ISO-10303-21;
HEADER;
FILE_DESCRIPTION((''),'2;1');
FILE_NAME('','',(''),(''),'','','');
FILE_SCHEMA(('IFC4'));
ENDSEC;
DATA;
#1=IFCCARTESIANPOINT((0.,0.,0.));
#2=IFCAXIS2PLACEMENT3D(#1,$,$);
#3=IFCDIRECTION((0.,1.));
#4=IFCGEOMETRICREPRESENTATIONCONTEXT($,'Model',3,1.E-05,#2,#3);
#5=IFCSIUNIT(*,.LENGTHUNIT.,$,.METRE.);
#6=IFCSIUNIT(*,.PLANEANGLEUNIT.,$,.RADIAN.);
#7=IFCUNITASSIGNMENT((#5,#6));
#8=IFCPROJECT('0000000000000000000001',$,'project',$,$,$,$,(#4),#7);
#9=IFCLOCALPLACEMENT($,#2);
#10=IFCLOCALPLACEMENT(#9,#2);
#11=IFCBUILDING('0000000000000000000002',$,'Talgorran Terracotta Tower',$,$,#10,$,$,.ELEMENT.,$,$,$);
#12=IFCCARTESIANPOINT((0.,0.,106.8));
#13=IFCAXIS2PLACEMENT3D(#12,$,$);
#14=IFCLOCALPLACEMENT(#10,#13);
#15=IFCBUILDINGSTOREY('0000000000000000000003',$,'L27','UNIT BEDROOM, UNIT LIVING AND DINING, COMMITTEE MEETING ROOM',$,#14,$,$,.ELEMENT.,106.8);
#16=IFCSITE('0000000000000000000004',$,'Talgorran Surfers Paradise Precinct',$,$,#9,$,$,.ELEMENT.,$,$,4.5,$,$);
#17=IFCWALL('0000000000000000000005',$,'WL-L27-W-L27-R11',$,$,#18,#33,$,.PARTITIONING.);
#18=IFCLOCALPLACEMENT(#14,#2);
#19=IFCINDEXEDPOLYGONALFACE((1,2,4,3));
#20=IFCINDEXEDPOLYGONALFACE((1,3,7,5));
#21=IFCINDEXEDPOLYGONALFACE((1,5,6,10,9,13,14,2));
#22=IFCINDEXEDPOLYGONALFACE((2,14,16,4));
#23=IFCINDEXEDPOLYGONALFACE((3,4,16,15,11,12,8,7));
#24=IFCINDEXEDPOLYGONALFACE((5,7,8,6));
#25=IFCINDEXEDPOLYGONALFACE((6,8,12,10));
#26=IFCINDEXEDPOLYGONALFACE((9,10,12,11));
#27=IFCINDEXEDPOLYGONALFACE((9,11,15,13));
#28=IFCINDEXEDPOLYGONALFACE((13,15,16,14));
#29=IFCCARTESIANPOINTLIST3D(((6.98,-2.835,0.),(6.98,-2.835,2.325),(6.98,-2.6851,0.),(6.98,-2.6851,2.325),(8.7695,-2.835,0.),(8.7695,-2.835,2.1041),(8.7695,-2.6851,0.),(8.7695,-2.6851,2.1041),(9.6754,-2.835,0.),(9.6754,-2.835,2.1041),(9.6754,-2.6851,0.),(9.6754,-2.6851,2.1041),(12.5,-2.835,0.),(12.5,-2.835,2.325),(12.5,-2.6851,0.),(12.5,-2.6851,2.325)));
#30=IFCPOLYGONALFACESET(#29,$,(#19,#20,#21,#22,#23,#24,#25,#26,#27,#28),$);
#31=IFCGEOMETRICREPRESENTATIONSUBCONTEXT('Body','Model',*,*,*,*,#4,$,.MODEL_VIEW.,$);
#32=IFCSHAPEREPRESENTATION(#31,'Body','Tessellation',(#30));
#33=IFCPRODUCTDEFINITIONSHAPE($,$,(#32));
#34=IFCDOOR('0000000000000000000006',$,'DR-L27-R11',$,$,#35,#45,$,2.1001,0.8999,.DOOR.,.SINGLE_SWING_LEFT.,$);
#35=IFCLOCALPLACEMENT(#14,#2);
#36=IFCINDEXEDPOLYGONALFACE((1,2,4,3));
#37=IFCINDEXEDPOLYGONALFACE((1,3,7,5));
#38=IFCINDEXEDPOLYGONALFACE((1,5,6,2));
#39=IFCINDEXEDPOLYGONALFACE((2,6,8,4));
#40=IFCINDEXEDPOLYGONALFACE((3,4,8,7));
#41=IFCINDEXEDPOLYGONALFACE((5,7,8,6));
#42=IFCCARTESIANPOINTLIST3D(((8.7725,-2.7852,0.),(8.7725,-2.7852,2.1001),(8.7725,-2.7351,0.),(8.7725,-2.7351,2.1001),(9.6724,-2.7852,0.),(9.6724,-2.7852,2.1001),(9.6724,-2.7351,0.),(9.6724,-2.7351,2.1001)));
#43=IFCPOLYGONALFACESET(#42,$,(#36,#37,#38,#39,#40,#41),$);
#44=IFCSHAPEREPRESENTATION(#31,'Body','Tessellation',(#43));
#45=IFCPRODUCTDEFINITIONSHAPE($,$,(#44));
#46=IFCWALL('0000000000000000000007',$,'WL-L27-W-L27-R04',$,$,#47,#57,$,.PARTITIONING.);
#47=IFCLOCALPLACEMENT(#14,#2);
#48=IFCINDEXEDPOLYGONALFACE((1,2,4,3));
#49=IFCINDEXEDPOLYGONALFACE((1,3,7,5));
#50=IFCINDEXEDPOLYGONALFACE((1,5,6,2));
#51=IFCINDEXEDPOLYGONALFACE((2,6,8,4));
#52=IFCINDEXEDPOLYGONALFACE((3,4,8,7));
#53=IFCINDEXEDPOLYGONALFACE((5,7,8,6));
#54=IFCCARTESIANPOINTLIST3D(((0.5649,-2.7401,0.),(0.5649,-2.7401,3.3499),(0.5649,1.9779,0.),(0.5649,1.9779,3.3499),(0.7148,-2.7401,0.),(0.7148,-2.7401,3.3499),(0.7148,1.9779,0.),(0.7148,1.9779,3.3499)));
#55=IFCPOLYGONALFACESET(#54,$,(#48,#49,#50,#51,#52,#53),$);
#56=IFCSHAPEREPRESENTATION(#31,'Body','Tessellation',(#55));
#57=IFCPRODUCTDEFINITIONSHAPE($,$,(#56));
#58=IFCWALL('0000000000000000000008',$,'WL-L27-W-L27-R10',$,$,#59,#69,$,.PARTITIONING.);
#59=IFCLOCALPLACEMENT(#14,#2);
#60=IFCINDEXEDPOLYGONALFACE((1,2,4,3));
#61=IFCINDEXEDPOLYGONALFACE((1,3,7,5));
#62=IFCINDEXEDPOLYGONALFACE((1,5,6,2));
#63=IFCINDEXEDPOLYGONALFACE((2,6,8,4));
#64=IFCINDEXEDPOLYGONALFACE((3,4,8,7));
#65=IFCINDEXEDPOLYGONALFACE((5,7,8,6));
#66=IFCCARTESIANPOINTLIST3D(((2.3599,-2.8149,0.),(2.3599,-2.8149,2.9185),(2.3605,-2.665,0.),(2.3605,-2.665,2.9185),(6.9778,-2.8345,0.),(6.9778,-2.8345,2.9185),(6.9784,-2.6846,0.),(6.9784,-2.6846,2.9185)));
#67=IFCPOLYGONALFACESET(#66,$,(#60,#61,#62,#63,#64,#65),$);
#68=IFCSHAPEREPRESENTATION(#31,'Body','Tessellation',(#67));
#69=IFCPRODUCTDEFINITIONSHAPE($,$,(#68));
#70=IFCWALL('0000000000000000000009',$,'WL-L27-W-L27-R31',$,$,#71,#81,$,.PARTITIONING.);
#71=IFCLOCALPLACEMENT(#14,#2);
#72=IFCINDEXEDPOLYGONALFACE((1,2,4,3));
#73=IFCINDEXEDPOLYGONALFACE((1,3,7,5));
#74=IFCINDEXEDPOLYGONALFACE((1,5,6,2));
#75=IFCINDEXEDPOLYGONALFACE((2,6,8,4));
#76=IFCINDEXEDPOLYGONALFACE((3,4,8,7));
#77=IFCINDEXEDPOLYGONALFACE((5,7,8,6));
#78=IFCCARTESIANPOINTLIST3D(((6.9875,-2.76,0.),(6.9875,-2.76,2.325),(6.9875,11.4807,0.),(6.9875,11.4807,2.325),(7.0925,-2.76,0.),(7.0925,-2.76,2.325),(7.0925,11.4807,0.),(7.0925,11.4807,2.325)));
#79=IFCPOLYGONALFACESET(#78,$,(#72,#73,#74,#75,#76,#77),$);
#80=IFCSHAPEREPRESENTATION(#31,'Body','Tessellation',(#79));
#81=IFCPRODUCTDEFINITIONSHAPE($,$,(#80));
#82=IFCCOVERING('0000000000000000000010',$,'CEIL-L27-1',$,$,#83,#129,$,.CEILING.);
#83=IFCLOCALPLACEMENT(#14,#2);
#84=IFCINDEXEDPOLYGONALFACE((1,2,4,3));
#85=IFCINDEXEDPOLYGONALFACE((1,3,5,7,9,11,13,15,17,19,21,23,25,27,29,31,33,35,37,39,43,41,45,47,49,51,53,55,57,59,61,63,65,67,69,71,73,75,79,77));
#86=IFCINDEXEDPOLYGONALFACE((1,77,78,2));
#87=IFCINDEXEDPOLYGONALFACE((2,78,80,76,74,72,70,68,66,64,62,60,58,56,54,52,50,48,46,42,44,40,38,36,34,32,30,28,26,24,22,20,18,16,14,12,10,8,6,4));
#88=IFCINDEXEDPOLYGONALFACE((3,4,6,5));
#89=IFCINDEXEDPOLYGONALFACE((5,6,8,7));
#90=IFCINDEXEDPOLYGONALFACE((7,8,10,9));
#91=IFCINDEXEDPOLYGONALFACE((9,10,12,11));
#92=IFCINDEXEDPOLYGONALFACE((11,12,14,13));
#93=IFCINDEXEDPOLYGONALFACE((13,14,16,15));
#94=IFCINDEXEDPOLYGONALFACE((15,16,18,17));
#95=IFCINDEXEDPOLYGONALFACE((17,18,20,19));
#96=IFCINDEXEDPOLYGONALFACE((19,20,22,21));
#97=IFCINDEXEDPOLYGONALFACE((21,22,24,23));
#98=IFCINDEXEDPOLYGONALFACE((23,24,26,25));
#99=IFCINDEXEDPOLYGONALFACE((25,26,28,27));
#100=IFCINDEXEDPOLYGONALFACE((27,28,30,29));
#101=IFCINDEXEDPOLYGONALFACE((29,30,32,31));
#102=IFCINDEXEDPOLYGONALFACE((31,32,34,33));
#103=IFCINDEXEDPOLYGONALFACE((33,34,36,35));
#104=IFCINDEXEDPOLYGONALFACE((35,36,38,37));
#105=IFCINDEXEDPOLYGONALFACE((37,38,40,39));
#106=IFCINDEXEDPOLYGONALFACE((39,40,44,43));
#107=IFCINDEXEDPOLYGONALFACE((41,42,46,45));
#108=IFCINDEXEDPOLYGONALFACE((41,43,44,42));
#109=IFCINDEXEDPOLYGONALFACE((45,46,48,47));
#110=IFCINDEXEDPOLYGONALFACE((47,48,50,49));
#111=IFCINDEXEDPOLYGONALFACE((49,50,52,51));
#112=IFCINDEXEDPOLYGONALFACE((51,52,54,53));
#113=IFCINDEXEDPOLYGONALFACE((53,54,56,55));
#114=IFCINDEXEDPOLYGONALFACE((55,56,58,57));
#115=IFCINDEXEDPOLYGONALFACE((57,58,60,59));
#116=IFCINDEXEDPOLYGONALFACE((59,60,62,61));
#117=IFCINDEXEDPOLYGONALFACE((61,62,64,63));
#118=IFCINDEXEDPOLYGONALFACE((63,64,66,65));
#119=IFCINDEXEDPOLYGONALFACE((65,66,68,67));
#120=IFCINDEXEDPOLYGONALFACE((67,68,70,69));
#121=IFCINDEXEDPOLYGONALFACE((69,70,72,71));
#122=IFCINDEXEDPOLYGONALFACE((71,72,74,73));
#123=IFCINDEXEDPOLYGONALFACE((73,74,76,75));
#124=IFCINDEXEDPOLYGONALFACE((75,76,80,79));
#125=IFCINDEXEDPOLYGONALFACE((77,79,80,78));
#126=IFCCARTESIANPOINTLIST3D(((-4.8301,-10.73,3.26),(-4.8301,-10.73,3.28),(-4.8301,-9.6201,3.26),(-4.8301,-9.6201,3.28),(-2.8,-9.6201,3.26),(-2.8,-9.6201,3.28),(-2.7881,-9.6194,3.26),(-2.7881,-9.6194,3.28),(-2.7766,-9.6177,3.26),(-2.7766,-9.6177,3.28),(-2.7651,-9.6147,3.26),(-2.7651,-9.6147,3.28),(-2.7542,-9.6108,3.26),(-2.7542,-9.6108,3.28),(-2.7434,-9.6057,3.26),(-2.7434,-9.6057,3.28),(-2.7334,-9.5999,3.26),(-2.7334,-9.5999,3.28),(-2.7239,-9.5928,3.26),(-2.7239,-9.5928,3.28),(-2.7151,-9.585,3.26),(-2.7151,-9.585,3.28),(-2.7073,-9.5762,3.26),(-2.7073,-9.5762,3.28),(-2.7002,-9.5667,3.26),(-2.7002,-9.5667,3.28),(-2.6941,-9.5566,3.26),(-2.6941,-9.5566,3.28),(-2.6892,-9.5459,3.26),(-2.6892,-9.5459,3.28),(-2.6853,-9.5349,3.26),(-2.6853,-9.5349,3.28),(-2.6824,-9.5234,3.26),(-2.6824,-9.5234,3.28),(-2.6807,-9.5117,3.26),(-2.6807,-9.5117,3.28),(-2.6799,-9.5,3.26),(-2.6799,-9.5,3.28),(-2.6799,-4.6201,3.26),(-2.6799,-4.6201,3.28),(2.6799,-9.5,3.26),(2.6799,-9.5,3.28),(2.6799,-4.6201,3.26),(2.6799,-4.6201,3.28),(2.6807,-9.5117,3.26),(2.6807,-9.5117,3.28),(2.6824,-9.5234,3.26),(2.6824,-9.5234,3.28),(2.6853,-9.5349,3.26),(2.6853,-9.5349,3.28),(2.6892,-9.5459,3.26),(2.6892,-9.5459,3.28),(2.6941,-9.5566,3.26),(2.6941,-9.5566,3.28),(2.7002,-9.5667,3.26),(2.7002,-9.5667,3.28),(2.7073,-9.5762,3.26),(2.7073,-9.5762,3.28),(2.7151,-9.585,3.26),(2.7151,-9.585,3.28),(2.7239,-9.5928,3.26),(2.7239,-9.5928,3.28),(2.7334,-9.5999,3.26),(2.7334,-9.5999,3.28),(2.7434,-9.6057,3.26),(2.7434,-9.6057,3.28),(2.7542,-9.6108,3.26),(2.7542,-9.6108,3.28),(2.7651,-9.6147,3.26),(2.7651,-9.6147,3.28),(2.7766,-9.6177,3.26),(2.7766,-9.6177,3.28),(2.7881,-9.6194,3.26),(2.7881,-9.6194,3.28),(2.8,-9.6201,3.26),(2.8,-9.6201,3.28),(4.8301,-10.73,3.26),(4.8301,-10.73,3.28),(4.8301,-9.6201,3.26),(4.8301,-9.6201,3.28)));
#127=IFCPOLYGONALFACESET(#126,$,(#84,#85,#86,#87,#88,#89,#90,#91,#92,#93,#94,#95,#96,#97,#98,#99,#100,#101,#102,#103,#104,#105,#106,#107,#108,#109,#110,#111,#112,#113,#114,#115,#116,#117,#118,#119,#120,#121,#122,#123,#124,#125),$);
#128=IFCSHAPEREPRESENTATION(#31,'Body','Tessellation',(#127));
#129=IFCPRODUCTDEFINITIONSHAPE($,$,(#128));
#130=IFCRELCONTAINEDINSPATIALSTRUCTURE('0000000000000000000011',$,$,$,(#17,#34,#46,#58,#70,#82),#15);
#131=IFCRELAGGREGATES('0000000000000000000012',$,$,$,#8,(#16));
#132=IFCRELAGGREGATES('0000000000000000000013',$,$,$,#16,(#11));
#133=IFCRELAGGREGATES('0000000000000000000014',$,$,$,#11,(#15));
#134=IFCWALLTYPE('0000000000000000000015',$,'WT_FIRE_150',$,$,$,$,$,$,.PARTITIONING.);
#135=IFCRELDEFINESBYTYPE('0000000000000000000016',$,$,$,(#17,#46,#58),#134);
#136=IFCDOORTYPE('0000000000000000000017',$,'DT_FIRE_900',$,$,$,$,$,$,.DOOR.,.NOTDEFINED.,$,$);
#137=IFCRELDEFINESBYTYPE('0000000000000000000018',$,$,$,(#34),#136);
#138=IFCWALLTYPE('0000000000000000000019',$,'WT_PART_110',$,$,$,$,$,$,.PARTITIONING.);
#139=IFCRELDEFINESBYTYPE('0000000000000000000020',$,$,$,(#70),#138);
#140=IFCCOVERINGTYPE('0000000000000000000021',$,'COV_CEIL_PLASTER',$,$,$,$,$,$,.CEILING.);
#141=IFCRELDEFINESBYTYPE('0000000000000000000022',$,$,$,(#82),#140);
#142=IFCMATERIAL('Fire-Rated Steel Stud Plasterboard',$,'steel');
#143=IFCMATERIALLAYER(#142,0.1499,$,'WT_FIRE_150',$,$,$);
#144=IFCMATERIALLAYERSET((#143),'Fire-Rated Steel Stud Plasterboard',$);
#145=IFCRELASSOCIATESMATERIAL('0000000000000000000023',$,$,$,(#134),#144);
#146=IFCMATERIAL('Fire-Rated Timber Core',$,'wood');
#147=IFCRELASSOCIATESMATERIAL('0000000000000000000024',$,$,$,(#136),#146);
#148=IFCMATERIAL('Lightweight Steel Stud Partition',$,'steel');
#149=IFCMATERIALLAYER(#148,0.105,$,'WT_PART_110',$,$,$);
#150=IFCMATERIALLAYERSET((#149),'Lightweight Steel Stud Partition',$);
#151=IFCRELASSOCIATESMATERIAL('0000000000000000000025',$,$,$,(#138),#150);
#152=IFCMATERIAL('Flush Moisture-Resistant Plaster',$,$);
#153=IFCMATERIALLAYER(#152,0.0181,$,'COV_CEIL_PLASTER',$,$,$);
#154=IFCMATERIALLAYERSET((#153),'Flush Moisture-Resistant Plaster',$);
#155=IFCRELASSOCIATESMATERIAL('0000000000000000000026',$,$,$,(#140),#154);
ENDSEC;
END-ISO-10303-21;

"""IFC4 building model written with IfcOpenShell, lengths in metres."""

from ifc_helpers import new_model, si_unit, direction, frame, frame_2d, origin, place, context, subcontext, project, spatial, polyline, rectangle, outline, extrude, material, layer, layer_set, type_object, element, fill, save


model = new_model("IFC4")

# Units and contexts
model_context = context("Model", 3, precision=1e-05, world=origin(), true_north=direction((0.0, 1.0)))
body_context = subcontext(model_context, "Body", "Model", "MODEL_VIEW")
ifc_project = project(units=[si_unit("LENGTHUNIT", "METRE"), si_unit("PLANEANGLEUNIT", "RADIAN")], contexts=[model_context])

# Site, building, storey
site_placement = place(None, origin())
site = spatial("IfcSite", under=ifc_project, at=site_placement, Name="Talgorran Surfers Paradise Precinct", CompositionType="ELEMENT", RefElevation=4.5)
building_placement = place(site_placement, origin())
building = spatial("IfcBuilding", under=site, at=building_placement, Name="Talgorran Terracotta Tower", CompositionType="ELEMENT")
storey_placement = place(building_placement, frame((0.0, 0.0, 106.8)))
storey = spatial("IfcBuildingStorey", under=building, at=storey_placement, Name="L27", Description="UNIT BEDROOM, UNIT LIVING AND DINING, COMMITTEE MEETING ROOM", CompositionType="ELEMENT", Elevation=106.8)

# Shared definitions
ifc_material_1 = material(Name="Fire-Rated Steel Stud Plasterboard", Category="steel")
ifc_layer_1 = layer(ifc_material_1, 0.1499, Name="WT_FIRE_150")
ifc_layer_set_1 = layer_set([ifc_layer_1], Name="Fire-Rated Steel Stud Plasterboard")
wall_type_1 = type_object("IfcWallType", Name="WT_FIRE_150", PredefinedType="PARTITIONING", material=ifc_layer_set_1)

# Wall, opening, door
wall_1_placement = place(storey_placement, frame((6.98, -2.76, 0.0), z_axis=(0.0, 0.0, 1.0), x_axis=(1.0, 0.0, 0.0)))
wall_1 = element("IfcWall", 1, at=wall_1_placement, inside=storey, type_object=wall_type_1, Name="WL-L27-W-L27-R11", PredefinedType="PARTITIONING", context=body_context, shape_type="SweptSolid", body=[
    extrude(rectangle(XDim=5.52, YDim=0.1499, at=frame_2d((2.76, 0.0))), origin(), (0.0, 0.0, 1.0), 2.325),
])
opening_placement = place(wall_1_placement, frame((1.7925, 0.0, 0.0)))
opening = element("IfcOpeningElement", 2, at=opening_placement, cuts=wall_1, PredefinedType="OPENING", context=body_context, shape_type="SweptSolid", body=[
    extrude(rectangle(XDim=0.9059, YDim=2.1041, at=frame_2d((0.45, 1.052))), frame((0.0, 0.085, 0.0), z_axis=(0.0, -1.0, 0.0), x_axis=(1.0, 0.0, 0.0)), (0.0, 0.0, 1.0), 0.1699),
])
ifc_material_2 = material(Name="Fire-Rated Timber Core", Category="wood")
door_type = type_object("IfcDoorType", Name="DT_FIRE_900", OperationType="NOTDEFINED", PredefinedType="DOOR", material=ifc_material_2)
door_placement = place(opening_placement, origin())
door = element("IfcDoor", 3, at=door_placement, inside=storey, type_object=door_type, Name="DR-L27-R11", OperationType="SINGLE_SWING_LEFT", OverallHeight=2.1001, OverallWidth=0.8999, PredefinedType="DOOR", context=body_context, shape_type="SweptSolid", body=[
    extrude(rectangle(XDim=0.8999, YDim=2.1001, at=frame_2d((0.45, 1.05))), frame((0.0, 0.0249, 0.0), z_axis=(0.0, -1.0, 0.0), x_axis=(1.0, 0.0, 0.0)), (0.0, 0.0, 1.0), 0.05),
])
fill(opening, door)

# Walls
wall_2_placement = place(storey_placement, frame((0.6399, -2.74, 0.0), z_axis=(0.0, 0.0, 1.0), x_axis=(0.0, 1.0, 0.0)))
element("IfcWall", 4, at=wall_2_placement, inside=storey, type_object=wall_type_1, Name="WL-L27-W-L27-R04", PredefinedType="PARTITIONING", context=body_context, shape_type="SweptSolid", body=[
    extrude(rectangle(XDim=4.718, YDim=0.1499, at=frame_2d((2.3589, 0.0))), origin(), (0.0, 0.0, 1.0), 3.3499),
])
wall_3_placement = place(storey_placement, frame((2.3601, -2.74, 0.0), z_axis=(0.0, 0.0, 1.0), x_axis=(0.999991, -0.004229, 0.0)))
element("IfcWall", 5, at=wall_3_placement, inside=storey, type_object=wall_type_1, Name="WL-L27-W-L27-R10", PredefinedType="PARTITIONING", context=body_context, shape_type="SweptSolid", body=[
    extrude(rectangle(XDim=4.6179, YDim=0.1499, at=frame_2d((2.3091, 0.0))), origin(), (0.0, 0.0, 1.0), 2.9185),
])
ifc_material_3 = material(Name="Lightweight Steel Stud Partition", Category="steel")
ifc_layer_2 = layer(ifc_material_3, 0.105, Name="WT_PART_110")
ifc_layer_set_2 = layer_set([ifc_layer_2], Name="Lightweight Steel Stud Partition")
wall_type_2 = type_object("IfcWallType", Name="WT_PART_110", PredefinedType="PARTITIONING", material=ifc_layer_set_2)
wall_4_placement = place(storey_placement, frame((7.04, -2.76, 0.0), z_axis=(0.0, 0.0, 1.0), x_axis=(0.0, 1.0, 0.0)))
element("IfcWall", 6, at=wall_4_placement, inside=storey, type_object=wall_type_2, Name="WL-L27-W-L27-R31", PredefinedType="PARTITIONING", context=body_context, shape_type="SweptSolid", body=[
    extrude(rectangle(XDim=14.2407, YDim=0.105, at=frame_2d((7.1204, 0.0))), origin(), (0.0, 0.0, 1.0), 2.325),
])

# Covering
ifc_material_4 = material(Name="Flush Moisture-Resistant Plaster")
ifc_layer_3 = layer(ifc_material_4, 0.0181, Name="COV_CEIL_PLASTER")
ifc_layer_set_3 = layer_set([ifc_layer_3], Name="Flush Moisture-Resistant Plaster")
covering_type_1 = type_object("IfcCoveringType", Name="COV_CEIL_PLASTER", PredefinedType="CEILING", material=ifc_layer_set_3)
covering_1_placement = place(storey_placement, frame((0.0, 0.0, 3.26)))
element("IfcCovering", 7, at=covering_1_placement, inside=storey, type_object=covering_type_1, Name="CEIL-L27-1", PredefinedType="CEILING", context=body_context, shape_type="SweptSolid", body=[
    extrude(outline(polyline([(-4.8301, -9.6201), (-2.8, -9.6201), (-2.7881, -9.6194), (-2.7766, -9.6177), (-2.7651, -9.6147), (-2.7542, -9.6108), (-2.7434, -9.6057), (-2.7334, -9.5999), (-2.7239, -9.5928), (-2.7151, -9.585), (-2.7073, -9.5762), (-2.7002, -9.5667), (-2.6941, -9.5566), (-2.6892, -9.5459), (-2.6853, -9.5349), (-2.6824, -9.5234), (-2.6807, -9.5117), (-2.6799, -9.5), (-2.6799, -4.6201), (2.6799, -4.6201), (2.6799, -9.5), (2.6807, -9.5117), (2.6824, -9.5234), (2.6853, -9.5349), (2.6892, -9.5459), (2.6941, -9.5566), (2.7002, -9.5667), (2.7073, -9.5762), (2.7151, -9.585), (2.7239, -9.5928), (2.7334, -9.5999), (2.7434, -9.6057), (2.7542, -9.6108), (2.7651, -9.6147), (2.7766, -9.6177), (2.7881, -9.6194), (2.8, -9.6201), (4.8301, -9.6201), (4.8301, -10.73), (-4.8301, -10.73), (-4.8301, -9.6201)])), origin(), (0.0, 0.0, 1.0), 0.02),
])

save(model, "model.ifc")
